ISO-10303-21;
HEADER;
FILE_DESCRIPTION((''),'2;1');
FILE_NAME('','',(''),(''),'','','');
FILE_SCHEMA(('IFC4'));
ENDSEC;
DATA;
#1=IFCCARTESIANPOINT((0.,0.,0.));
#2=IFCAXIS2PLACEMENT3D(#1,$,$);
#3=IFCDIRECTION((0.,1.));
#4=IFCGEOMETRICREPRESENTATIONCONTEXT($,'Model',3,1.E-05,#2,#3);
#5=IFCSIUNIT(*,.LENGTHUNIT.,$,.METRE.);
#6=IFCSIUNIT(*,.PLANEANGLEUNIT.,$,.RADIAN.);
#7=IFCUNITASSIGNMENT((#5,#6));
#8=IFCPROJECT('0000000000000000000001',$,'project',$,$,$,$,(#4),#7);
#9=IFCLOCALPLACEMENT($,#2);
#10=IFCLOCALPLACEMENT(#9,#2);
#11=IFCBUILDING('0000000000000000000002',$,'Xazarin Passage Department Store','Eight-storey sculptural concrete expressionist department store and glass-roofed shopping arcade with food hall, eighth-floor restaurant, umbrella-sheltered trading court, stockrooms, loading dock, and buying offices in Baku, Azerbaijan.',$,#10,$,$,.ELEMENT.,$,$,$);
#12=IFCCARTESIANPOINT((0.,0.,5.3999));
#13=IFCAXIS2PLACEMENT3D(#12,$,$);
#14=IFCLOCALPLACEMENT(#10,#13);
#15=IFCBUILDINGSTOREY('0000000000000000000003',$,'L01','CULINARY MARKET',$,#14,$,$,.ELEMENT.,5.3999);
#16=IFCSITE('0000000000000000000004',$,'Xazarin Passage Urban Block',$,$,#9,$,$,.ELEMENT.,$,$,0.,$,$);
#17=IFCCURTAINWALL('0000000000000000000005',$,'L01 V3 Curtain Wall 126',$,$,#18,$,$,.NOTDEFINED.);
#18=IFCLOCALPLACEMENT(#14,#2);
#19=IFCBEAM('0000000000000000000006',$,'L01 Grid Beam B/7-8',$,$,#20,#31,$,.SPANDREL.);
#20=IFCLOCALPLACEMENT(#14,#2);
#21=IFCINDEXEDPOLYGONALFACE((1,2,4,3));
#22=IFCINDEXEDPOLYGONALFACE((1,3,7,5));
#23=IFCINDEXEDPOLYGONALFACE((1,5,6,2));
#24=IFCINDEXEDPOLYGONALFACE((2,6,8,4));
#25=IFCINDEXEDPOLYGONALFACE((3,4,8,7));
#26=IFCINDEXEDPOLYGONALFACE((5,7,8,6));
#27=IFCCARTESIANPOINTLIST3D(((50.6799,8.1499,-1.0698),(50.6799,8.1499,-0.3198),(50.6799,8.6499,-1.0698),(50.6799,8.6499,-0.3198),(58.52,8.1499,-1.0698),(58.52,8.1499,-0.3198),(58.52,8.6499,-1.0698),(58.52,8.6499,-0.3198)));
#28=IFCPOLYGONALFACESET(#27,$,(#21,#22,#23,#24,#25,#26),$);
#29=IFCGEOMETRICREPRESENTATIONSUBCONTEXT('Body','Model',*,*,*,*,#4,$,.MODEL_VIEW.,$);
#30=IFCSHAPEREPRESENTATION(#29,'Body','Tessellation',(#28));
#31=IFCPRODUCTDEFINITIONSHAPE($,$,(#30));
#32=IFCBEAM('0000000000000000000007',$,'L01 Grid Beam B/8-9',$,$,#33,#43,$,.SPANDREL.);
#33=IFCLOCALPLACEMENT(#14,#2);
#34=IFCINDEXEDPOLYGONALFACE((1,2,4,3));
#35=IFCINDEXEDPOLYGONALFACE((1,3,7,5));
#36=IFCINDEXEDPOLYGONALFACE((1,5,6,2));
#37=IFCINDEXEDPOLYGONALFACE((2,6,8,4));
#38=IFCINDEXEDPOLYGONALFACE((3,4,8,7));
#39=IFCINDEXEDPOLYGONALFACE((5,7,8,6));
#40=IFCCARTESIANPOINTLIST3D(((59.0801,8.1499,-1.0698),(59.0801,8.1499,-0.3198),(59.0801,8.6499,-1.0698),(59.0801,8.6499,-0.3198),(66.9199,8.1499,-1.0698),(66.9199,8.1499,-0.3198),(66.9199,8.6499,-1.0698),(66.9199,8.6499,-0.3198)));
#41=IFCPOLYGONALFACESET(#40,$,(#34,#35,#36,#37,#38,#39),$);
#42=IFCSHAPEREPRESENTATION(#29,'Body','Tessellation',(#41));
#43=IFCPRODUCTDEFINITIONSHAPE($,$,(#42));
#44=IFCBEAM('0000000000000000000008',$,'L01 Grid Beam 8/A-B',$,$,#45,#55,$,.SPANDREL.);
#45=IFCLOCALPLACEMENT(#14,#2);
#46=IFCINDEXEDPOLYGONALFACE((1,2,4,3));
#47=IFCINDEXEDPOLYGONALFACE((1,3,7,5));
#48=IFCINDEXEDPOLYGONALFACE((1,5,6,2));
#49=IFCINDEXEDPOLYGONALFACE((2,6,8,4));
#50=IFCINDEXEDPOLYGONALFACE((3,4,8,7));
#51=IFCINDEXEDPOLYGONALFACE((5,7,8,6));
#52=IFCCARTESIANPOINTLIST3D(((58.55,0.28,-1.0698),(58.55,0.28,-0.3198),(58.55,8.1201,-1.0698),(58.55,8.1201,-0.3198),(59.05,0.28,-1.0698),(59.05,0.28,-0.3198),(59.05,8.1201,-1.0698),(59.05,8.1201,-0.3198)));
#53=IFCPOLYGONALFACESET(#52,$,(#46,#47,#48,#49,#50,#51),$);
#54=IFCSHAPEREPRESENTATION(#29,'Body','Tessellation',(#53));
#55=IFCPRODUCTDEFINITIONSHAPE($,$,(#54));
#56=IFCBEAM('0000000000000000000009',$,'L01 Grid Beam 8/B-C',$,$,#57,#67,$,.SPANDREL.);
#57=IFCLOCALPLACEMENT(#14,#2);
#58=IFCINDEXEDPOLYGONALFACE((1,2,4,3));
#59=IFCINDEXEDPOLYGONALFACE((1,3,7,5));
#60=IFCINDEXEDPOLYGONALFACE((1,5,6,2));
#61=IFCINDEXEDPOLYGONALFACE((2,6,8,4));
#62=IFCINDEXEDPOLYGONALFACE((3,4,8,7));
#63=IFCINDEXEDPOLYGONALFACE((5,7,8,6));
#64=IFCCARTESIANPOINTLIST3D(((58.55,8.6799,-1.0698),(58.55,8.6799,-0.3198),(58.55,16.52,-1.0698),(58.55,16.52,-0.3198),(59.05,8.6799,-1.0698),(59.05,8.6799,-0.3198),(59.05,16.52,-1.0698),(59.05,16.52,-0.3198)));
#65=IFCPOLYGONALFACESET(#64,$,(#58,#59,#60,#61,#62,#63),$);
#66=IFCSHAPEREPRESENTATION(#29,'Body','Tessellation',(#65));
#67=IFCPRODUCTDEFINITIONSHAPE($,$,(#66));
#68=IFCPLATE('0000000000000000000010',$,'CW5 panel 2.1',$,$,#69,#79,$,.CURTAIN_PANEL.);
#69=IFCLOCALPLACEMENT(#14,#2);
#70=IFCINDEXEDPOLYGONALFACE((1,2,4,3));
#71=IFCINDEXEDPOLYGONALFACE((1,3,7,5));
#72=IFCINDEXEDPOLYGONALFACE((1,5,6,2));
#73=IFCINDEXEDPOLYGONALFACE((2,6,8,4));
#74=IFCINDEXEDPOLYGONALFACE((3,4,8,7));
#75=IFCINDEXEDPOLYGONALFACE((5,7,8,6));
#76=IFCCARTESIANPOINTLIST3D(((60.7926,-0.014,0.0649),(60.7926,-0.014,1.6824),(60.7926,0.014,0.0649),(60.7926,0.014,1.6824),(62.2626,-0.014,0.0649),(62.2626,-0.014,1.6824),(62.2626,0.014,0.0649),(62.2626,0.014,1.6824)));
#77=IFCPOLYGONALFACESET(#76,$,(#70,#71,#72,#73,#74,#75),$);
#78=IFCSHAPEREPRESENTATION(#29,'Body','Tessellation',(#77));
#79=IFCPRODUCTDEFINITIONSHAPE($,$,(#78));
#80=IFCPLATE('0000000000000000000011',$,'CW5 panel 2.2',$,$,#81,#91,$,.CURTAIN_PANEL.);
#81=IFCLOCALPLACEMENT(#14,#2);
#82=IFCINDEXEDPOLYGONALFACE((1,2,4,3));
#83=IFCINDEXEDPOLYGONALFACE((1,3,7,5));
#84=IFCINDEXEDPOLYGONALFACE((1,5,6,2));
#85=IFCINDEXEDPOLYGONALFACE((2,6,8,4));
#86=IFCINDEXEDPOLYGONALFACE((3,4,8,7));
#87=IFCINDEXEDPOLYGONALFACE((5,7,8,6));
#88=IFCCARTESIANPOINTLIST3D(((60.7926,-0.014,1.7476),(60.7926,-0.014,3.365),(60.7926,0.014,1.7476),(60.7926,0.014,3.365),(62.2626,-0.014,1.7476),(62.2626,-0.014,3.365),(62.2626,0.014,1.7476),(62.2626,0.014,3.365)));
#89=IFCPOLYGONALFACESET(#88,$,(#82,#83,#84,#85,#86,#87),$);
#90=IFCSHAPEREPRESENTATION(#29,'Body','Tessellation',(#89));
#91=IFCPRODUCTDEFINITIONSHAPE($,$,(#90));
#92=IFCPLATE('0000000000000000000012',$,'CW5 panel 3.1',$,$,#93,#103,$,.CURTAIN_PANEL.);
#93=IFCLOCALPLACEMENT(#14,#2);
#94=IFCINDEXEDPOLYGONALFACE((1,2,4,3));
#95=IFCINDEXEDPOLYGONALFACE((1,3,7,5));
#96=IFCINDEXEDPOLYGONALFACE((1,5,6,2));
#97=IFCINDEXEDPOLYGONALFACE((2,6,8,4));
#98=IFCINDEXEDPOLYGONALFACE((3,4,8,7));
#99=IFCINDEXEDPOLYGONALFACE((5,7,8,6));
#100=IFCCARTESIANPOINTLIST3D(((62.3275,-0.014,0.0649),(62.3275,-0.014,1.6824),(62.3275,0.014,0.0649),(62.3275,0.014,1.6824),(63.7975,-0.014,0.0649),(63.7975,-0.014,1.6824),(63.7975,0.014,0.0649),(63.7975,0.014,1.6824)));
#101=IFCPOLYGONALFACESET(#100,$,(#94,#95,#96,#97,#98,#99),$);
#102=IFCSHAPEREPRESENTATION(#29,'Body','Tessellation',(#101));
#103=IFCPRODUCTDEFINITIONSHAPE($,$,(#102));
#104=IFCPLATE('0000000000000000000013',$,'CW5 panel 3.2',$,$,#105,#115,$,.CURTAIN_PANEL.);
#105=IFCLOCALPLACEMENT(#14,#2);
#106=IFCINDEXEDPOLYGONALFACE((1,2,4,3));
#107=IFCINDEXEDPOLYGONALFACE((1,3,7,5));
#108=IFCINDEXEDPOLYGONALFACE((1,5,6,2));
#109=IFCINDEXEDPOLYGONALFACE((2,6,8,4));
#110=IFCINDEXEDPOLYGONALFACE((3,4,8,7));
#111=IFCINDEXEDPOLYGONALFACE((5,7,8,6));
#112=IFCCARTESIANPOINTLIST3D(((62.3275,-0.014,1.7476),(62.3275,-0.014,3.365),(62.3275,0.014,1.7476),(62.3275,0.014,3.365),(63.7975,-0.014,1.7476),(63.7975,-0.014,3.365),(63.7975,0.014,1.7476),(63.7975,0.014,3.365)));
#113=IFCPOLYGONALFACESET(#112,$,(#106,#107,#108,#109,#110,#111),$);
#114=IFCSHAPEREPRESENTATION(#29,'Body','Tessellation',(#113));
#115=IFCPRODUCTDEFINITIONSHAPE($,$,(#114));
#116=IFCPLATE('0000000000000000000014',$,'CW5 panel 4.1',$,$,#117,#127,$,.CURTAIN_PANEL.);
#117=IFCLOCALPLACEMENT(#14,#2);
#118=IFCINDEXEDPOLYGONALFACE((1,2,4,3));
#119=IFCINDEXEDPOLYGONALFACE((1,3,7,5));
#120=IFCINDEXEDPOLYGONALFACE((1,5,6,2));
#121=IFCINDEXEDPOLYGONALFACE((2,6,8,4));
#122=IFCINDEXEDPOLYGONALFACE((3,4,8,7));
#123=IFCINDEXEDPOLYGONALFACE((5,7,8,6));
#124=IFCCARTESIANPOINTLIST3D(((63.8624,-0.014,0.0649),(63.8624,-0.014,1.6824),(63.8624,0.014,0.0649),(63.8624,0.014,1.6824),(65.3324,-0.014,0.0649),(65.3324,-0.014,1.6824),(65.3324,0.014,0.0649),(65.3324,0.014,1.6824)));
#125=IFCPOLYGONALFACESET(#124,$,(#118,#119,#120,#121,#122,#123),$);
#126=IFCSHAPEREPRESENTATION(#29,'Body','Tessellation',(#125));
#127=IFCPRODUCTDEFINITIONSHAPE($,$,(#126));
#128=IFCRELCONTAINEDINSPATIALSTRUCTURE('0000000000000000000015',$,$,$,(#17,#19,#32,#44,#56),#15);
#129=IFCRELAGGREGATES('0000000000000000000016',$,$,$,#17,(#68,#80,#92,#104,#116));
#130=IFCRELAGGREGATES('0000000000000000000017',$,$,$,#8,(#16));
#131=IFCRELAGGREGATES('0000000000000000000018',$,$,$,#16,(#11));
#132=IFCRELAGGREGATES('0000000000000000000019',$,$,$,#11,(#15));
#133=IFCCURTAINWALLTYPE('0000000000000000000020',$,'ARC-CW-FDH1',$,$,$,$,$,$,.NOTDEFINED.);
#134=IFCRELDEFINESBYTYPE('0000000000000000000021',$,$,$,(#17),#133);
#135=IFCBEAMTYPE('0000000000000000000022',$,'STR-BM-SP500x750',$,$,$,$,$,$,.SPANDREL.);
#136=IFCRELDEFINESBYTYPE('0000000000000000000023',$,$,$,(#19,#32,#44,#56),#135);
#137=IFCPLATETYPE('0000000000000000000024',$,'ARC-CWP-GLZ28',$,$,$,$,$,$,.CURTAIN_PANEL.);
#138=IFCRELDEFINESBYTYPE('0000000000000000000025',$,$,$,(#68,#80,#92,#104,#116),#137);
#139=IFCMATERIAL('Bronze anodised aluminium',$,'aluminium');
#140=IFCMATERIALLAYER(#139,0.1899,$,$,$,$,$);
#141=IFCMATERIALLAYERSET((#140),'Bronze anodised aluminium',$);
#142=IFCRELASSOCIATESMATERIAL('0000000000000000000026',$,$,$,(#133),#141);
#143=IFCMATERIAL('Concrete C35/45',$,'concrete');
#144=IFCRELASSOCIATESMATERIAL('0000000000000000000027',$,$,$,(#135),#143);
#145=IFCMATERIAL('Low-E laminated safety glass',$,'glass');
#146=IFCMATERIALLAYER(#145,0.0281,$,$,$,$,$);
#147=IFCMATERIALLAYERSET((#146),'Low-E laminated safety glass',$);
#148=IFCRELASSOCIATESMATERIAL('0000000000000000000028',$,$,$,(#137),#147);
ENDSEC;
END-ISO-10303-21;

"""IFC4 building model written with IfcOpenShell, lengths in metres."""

from ifc_helpers import new_model, si_unit, direction, frame, origin, origin_2d, place, context, subcontext, project, spatial, rectangle, extrude, material, layer, layer_set, material_profile, profile_set, type_object, element, aggregate, save


model = new_model("IFC4")

# Units and contexts
model_context = context("Model", 3, precision=1e-05, world=origin(), true_north=direction((0.0, 1.0)))
body_context = subcontext(model_context, "Body", "Model", "MODEL_VIEW")
ifc_project = project(units=[si_unit("LENGTHUNIT", "METRE"), si_unit("PLANEANGLEUNIT", "RADIAN")], contexts=[model_context])

# Site, building, storey
site_placement = place(None, origin())
site = spatial("IfcSite", under=ifc_project, at=site_placement, Name="Xazarin Passage Urban Block", CompositionType="ELEMENT", RefElevation=0.0)
building_placement = place(site_placement, origin())
building = spatial("IfcBuilding", under=site, at=building_placement, Name="Xazarin Passage Department Store", Description="Eight-storey sculptural concrete expressionist department store and glass-roofed shopping arcade with food hall, eighth-floor restaurant, umbrella-sheltered trading court, stockrooms, loading dock, and buying offices in Baku, Azerbaijan.", CompositionType="ELEMENT")
storey_placement = place(building_placement, frame((0.0, 0.0, 5.3999)))
storey = spatial("IfcBuildingStorey", under=building, at=storey_placement, Name="L01", Description="CULINARY MARKET", CompositionType="ELEMENT", Elevation=5.3999)

# Curtain wall
ifc_material_1 = material(Name="Bronze anodised aluminium", Category="aluminium")
ifc_layer_1 = layer(ifc_material_1, 0.1899)
ifc_layer_set_1 = layer_set([ifc_layer_1], Name="Bronze anodised aluminium")
curtain_wall_type = type_object("IfcCurtainWallType", Name="ARC-CW-FDH1", PredefinedType="NOTDEFINED", material=ifc_layer_set_1)
curtain_wall_placement = place(storey_placement, origin())
curtain_wall = element("IfcCurtainWall", 1, at=curtain_wall_placement, inside=storey, type_object=curtain_wall_type, Name="L01 V3 Curtain Wall 126", PredefinedType="NOTDEFINED")

# Beams
ifc_material_2 = material(Name="Concrete C35/45", Category="concrete")
ifc_material_profile_1 = material_profile(ifc_material_2, rectangle(XDim=0.5, YDim=0.75, at=origin_2d()), Name="RC 500x750")
ifc_profile_set_1 = profile_set([ifc_material_profile_1], Name="Concrete C35/45")
beam_type_1 = type_object("IfcBeamType", Name="STR-BM-SP500x750", PredefinedType="SPANDREL", material=ifc_profile_set_1)
beam_1_placement = place(storey_placement, frame((50.6799, 8.3999, -0.6948), z_axis=(1.0, 0.0, 0.0), x_axis=(0.0, 1.0, 0.0)))
element("IfcBeam", 2, at=beam_1_placement, inside=storey, type_object=beam_type_1, Name="L01 Grid Beam B/7-8", PredefinedType="SPANDREL", context=body_context, shape_type="SweptSolid", body=[
    extrude(rectangle(XDim=0.5, YDim=0.75, at=origin_2d()), origin(), (0.0, 0.0, 1.0), 7.8401),
])
beam_2_placement = place(storey_placement, frame((59.0801, 8.3999, -0.6948), z_axis=(1.0, 0.0, 0.0), x_axis=(0.0, 1.0, 0.0)))
element("IfcBeam", 3, at=beam_2_placement, inside=storey, type_object=beam_type_1, Name="L01 Grid Beam B/8-9", PredefinedType="SPANDREL", context=body_context, shape_type="SweptSolid", body=[
    extrude(rectangle(XDim=0.5, YDim=0.75, at=origin_2d()), origin(), (0.0, 0.0, 1.0), 7.8398),
])
for number, where, z_axis, x_axis, name in (
    (4, (58.8, 0.28, -0.6948), (0.0, 1.0, 0.0), (-1.0, 0.0, 0.0), "L01 Grid Beam 8/A-B"),
    (5, (58.8, 8.6799, -0.6948), (0.0, 1.0, 0.0), (-1.0, 0.0, 0.0), "L01 Grid Beam 8/B-C"),
):
    element("IfcBeam", number, at=place(storey_placement, frame(where, z_axis=z_axis, x_axis=x_axis)), inside=storey, type_object=beam_type_1, Name=name, PredefinedType="SPANDREL", context=body_context, shape_type="SweptSolid", body=[
        extrude(rectangle(XDim=0.5, YDim=0.75, at=origin_2d()), origin(), (0.0, 0.0, 1.0), 7.8401),
    ])

# Plates
ifc_material_3 = material(Name="Low-E laminated safety glass", Category="glass")
ifc_layer_2 = layer(ifc_material_3, 0.0281)
ifc_layer_set_2 = layer_set([ifc_layer_2], Name="Low-E laminated safety glass")
plate_type = type_object("IfcPlateType", Name="ARC-CWP-GLZ28", PredefinedType="CURTAIN_PANEL", material=ifc_layer_set_2)
plate_1_placement = place(storey_placement, frame((61.5276, 0.0, 0.0649), z_axis=(0.0, 0.0, 1.0), x_axis=(1.0, 0.0, 0.0)))
plate_1 = element("IfcPlate", 6, at=plate_1_placement, type_object=plate_type, Name="CW5 panel 2.1", PredefinedType="CURTAIN_PANEL", context=body_context, shape_type="SweptSolid", body=[
    extrude(rectangle(XDim=1.47, YDim=0.0281, at=origin_2d()), origin(), (0.0, 0.0, 1.0), 1.6174),
])
plate_2_placement = place(storey_placement, frame((61.5276, 0.0, 1.7476), z_axis=(0.0, 0.0, 1.0), x_axis=(1.0, 0.0, 0.0)))
plate_2 = element("IfcPlate", 7, at=plate_2_placement, type_object=plate_type, Name="CW5 panel 2.2", PredefinedType="CURTAIN_PANEL", context=body_context, shape_type="SweptSolid", body=[
    extrude(rectangle(XDim=1.47, YDim=0.0281, at=origin_2d()), origin(), (0.0, 0.0, 1.0), 1.6174),
])
plate_3_placement = place(storey_placement, frame((63.0625, 0.0, 0.0649), z_axis=(0.0, 0.0, 1.0), x_axis=(1.0, 0.0, 0.0)))
plate_3 = element("IfcPlate", 8, at=plate_3_placement, type_object=plate_type, Name="CW5 panel 3.1", PredefinedType="CURTAIN_PANEL", context=body_context, shape_type="SweptSolid", body=[
    extrude(rectangle(XDim=1.47, YDim=0.0281, at=origin_2d()), origin(), (0.0, 0.0, 1.0), 1.6174),
])
plate_4_placement = place(storey_placement, frame((63.0625, 0.0, 1.7476), z_axis=(0.0, 0.0, 1.0), x_axis=(1.0, 0.0, 0.0)))
plate_4 = element("IfcPlate", 9, at=plate_4_placement, type_object=plate_type, Name="CW5 panel 3.2", PredefinedType="CURTAIN_PANEL", context=body_context, shape_type="SweptSolid", body=[
    extrude(rectangle(XDim=1.47, YDim=0.0281, at=origin_2d()), origin(), (0.0, 0.0, 1.0), 1.6174),
])
plate_5_placement = place(storey_placement, frame((64.5974, 0.0, 0.0649), z_axis=(0.0, 0.0, 1.0), x_axis=(1.0, 0.0, 0.0)))
plate_5 = element("IfcPlate", 10, at=plate_5_placement, type_object=plate_type, Name="CW5 panel 4.1", PredefinedType="CURTAIN_PANEL", context=body_context, shape_type="SweptSolid", body=[
    extrude(rectangle(XDim=1.47, YDim=0.0281, at=origin_2d()), origin(), (0.0, 0.0, 1.0), 1.6174),
])
aggregate(curtain_wall, [plate_1, plate_2, plate_3, plate_4, plate_5])

save(model, "model.ifc")
